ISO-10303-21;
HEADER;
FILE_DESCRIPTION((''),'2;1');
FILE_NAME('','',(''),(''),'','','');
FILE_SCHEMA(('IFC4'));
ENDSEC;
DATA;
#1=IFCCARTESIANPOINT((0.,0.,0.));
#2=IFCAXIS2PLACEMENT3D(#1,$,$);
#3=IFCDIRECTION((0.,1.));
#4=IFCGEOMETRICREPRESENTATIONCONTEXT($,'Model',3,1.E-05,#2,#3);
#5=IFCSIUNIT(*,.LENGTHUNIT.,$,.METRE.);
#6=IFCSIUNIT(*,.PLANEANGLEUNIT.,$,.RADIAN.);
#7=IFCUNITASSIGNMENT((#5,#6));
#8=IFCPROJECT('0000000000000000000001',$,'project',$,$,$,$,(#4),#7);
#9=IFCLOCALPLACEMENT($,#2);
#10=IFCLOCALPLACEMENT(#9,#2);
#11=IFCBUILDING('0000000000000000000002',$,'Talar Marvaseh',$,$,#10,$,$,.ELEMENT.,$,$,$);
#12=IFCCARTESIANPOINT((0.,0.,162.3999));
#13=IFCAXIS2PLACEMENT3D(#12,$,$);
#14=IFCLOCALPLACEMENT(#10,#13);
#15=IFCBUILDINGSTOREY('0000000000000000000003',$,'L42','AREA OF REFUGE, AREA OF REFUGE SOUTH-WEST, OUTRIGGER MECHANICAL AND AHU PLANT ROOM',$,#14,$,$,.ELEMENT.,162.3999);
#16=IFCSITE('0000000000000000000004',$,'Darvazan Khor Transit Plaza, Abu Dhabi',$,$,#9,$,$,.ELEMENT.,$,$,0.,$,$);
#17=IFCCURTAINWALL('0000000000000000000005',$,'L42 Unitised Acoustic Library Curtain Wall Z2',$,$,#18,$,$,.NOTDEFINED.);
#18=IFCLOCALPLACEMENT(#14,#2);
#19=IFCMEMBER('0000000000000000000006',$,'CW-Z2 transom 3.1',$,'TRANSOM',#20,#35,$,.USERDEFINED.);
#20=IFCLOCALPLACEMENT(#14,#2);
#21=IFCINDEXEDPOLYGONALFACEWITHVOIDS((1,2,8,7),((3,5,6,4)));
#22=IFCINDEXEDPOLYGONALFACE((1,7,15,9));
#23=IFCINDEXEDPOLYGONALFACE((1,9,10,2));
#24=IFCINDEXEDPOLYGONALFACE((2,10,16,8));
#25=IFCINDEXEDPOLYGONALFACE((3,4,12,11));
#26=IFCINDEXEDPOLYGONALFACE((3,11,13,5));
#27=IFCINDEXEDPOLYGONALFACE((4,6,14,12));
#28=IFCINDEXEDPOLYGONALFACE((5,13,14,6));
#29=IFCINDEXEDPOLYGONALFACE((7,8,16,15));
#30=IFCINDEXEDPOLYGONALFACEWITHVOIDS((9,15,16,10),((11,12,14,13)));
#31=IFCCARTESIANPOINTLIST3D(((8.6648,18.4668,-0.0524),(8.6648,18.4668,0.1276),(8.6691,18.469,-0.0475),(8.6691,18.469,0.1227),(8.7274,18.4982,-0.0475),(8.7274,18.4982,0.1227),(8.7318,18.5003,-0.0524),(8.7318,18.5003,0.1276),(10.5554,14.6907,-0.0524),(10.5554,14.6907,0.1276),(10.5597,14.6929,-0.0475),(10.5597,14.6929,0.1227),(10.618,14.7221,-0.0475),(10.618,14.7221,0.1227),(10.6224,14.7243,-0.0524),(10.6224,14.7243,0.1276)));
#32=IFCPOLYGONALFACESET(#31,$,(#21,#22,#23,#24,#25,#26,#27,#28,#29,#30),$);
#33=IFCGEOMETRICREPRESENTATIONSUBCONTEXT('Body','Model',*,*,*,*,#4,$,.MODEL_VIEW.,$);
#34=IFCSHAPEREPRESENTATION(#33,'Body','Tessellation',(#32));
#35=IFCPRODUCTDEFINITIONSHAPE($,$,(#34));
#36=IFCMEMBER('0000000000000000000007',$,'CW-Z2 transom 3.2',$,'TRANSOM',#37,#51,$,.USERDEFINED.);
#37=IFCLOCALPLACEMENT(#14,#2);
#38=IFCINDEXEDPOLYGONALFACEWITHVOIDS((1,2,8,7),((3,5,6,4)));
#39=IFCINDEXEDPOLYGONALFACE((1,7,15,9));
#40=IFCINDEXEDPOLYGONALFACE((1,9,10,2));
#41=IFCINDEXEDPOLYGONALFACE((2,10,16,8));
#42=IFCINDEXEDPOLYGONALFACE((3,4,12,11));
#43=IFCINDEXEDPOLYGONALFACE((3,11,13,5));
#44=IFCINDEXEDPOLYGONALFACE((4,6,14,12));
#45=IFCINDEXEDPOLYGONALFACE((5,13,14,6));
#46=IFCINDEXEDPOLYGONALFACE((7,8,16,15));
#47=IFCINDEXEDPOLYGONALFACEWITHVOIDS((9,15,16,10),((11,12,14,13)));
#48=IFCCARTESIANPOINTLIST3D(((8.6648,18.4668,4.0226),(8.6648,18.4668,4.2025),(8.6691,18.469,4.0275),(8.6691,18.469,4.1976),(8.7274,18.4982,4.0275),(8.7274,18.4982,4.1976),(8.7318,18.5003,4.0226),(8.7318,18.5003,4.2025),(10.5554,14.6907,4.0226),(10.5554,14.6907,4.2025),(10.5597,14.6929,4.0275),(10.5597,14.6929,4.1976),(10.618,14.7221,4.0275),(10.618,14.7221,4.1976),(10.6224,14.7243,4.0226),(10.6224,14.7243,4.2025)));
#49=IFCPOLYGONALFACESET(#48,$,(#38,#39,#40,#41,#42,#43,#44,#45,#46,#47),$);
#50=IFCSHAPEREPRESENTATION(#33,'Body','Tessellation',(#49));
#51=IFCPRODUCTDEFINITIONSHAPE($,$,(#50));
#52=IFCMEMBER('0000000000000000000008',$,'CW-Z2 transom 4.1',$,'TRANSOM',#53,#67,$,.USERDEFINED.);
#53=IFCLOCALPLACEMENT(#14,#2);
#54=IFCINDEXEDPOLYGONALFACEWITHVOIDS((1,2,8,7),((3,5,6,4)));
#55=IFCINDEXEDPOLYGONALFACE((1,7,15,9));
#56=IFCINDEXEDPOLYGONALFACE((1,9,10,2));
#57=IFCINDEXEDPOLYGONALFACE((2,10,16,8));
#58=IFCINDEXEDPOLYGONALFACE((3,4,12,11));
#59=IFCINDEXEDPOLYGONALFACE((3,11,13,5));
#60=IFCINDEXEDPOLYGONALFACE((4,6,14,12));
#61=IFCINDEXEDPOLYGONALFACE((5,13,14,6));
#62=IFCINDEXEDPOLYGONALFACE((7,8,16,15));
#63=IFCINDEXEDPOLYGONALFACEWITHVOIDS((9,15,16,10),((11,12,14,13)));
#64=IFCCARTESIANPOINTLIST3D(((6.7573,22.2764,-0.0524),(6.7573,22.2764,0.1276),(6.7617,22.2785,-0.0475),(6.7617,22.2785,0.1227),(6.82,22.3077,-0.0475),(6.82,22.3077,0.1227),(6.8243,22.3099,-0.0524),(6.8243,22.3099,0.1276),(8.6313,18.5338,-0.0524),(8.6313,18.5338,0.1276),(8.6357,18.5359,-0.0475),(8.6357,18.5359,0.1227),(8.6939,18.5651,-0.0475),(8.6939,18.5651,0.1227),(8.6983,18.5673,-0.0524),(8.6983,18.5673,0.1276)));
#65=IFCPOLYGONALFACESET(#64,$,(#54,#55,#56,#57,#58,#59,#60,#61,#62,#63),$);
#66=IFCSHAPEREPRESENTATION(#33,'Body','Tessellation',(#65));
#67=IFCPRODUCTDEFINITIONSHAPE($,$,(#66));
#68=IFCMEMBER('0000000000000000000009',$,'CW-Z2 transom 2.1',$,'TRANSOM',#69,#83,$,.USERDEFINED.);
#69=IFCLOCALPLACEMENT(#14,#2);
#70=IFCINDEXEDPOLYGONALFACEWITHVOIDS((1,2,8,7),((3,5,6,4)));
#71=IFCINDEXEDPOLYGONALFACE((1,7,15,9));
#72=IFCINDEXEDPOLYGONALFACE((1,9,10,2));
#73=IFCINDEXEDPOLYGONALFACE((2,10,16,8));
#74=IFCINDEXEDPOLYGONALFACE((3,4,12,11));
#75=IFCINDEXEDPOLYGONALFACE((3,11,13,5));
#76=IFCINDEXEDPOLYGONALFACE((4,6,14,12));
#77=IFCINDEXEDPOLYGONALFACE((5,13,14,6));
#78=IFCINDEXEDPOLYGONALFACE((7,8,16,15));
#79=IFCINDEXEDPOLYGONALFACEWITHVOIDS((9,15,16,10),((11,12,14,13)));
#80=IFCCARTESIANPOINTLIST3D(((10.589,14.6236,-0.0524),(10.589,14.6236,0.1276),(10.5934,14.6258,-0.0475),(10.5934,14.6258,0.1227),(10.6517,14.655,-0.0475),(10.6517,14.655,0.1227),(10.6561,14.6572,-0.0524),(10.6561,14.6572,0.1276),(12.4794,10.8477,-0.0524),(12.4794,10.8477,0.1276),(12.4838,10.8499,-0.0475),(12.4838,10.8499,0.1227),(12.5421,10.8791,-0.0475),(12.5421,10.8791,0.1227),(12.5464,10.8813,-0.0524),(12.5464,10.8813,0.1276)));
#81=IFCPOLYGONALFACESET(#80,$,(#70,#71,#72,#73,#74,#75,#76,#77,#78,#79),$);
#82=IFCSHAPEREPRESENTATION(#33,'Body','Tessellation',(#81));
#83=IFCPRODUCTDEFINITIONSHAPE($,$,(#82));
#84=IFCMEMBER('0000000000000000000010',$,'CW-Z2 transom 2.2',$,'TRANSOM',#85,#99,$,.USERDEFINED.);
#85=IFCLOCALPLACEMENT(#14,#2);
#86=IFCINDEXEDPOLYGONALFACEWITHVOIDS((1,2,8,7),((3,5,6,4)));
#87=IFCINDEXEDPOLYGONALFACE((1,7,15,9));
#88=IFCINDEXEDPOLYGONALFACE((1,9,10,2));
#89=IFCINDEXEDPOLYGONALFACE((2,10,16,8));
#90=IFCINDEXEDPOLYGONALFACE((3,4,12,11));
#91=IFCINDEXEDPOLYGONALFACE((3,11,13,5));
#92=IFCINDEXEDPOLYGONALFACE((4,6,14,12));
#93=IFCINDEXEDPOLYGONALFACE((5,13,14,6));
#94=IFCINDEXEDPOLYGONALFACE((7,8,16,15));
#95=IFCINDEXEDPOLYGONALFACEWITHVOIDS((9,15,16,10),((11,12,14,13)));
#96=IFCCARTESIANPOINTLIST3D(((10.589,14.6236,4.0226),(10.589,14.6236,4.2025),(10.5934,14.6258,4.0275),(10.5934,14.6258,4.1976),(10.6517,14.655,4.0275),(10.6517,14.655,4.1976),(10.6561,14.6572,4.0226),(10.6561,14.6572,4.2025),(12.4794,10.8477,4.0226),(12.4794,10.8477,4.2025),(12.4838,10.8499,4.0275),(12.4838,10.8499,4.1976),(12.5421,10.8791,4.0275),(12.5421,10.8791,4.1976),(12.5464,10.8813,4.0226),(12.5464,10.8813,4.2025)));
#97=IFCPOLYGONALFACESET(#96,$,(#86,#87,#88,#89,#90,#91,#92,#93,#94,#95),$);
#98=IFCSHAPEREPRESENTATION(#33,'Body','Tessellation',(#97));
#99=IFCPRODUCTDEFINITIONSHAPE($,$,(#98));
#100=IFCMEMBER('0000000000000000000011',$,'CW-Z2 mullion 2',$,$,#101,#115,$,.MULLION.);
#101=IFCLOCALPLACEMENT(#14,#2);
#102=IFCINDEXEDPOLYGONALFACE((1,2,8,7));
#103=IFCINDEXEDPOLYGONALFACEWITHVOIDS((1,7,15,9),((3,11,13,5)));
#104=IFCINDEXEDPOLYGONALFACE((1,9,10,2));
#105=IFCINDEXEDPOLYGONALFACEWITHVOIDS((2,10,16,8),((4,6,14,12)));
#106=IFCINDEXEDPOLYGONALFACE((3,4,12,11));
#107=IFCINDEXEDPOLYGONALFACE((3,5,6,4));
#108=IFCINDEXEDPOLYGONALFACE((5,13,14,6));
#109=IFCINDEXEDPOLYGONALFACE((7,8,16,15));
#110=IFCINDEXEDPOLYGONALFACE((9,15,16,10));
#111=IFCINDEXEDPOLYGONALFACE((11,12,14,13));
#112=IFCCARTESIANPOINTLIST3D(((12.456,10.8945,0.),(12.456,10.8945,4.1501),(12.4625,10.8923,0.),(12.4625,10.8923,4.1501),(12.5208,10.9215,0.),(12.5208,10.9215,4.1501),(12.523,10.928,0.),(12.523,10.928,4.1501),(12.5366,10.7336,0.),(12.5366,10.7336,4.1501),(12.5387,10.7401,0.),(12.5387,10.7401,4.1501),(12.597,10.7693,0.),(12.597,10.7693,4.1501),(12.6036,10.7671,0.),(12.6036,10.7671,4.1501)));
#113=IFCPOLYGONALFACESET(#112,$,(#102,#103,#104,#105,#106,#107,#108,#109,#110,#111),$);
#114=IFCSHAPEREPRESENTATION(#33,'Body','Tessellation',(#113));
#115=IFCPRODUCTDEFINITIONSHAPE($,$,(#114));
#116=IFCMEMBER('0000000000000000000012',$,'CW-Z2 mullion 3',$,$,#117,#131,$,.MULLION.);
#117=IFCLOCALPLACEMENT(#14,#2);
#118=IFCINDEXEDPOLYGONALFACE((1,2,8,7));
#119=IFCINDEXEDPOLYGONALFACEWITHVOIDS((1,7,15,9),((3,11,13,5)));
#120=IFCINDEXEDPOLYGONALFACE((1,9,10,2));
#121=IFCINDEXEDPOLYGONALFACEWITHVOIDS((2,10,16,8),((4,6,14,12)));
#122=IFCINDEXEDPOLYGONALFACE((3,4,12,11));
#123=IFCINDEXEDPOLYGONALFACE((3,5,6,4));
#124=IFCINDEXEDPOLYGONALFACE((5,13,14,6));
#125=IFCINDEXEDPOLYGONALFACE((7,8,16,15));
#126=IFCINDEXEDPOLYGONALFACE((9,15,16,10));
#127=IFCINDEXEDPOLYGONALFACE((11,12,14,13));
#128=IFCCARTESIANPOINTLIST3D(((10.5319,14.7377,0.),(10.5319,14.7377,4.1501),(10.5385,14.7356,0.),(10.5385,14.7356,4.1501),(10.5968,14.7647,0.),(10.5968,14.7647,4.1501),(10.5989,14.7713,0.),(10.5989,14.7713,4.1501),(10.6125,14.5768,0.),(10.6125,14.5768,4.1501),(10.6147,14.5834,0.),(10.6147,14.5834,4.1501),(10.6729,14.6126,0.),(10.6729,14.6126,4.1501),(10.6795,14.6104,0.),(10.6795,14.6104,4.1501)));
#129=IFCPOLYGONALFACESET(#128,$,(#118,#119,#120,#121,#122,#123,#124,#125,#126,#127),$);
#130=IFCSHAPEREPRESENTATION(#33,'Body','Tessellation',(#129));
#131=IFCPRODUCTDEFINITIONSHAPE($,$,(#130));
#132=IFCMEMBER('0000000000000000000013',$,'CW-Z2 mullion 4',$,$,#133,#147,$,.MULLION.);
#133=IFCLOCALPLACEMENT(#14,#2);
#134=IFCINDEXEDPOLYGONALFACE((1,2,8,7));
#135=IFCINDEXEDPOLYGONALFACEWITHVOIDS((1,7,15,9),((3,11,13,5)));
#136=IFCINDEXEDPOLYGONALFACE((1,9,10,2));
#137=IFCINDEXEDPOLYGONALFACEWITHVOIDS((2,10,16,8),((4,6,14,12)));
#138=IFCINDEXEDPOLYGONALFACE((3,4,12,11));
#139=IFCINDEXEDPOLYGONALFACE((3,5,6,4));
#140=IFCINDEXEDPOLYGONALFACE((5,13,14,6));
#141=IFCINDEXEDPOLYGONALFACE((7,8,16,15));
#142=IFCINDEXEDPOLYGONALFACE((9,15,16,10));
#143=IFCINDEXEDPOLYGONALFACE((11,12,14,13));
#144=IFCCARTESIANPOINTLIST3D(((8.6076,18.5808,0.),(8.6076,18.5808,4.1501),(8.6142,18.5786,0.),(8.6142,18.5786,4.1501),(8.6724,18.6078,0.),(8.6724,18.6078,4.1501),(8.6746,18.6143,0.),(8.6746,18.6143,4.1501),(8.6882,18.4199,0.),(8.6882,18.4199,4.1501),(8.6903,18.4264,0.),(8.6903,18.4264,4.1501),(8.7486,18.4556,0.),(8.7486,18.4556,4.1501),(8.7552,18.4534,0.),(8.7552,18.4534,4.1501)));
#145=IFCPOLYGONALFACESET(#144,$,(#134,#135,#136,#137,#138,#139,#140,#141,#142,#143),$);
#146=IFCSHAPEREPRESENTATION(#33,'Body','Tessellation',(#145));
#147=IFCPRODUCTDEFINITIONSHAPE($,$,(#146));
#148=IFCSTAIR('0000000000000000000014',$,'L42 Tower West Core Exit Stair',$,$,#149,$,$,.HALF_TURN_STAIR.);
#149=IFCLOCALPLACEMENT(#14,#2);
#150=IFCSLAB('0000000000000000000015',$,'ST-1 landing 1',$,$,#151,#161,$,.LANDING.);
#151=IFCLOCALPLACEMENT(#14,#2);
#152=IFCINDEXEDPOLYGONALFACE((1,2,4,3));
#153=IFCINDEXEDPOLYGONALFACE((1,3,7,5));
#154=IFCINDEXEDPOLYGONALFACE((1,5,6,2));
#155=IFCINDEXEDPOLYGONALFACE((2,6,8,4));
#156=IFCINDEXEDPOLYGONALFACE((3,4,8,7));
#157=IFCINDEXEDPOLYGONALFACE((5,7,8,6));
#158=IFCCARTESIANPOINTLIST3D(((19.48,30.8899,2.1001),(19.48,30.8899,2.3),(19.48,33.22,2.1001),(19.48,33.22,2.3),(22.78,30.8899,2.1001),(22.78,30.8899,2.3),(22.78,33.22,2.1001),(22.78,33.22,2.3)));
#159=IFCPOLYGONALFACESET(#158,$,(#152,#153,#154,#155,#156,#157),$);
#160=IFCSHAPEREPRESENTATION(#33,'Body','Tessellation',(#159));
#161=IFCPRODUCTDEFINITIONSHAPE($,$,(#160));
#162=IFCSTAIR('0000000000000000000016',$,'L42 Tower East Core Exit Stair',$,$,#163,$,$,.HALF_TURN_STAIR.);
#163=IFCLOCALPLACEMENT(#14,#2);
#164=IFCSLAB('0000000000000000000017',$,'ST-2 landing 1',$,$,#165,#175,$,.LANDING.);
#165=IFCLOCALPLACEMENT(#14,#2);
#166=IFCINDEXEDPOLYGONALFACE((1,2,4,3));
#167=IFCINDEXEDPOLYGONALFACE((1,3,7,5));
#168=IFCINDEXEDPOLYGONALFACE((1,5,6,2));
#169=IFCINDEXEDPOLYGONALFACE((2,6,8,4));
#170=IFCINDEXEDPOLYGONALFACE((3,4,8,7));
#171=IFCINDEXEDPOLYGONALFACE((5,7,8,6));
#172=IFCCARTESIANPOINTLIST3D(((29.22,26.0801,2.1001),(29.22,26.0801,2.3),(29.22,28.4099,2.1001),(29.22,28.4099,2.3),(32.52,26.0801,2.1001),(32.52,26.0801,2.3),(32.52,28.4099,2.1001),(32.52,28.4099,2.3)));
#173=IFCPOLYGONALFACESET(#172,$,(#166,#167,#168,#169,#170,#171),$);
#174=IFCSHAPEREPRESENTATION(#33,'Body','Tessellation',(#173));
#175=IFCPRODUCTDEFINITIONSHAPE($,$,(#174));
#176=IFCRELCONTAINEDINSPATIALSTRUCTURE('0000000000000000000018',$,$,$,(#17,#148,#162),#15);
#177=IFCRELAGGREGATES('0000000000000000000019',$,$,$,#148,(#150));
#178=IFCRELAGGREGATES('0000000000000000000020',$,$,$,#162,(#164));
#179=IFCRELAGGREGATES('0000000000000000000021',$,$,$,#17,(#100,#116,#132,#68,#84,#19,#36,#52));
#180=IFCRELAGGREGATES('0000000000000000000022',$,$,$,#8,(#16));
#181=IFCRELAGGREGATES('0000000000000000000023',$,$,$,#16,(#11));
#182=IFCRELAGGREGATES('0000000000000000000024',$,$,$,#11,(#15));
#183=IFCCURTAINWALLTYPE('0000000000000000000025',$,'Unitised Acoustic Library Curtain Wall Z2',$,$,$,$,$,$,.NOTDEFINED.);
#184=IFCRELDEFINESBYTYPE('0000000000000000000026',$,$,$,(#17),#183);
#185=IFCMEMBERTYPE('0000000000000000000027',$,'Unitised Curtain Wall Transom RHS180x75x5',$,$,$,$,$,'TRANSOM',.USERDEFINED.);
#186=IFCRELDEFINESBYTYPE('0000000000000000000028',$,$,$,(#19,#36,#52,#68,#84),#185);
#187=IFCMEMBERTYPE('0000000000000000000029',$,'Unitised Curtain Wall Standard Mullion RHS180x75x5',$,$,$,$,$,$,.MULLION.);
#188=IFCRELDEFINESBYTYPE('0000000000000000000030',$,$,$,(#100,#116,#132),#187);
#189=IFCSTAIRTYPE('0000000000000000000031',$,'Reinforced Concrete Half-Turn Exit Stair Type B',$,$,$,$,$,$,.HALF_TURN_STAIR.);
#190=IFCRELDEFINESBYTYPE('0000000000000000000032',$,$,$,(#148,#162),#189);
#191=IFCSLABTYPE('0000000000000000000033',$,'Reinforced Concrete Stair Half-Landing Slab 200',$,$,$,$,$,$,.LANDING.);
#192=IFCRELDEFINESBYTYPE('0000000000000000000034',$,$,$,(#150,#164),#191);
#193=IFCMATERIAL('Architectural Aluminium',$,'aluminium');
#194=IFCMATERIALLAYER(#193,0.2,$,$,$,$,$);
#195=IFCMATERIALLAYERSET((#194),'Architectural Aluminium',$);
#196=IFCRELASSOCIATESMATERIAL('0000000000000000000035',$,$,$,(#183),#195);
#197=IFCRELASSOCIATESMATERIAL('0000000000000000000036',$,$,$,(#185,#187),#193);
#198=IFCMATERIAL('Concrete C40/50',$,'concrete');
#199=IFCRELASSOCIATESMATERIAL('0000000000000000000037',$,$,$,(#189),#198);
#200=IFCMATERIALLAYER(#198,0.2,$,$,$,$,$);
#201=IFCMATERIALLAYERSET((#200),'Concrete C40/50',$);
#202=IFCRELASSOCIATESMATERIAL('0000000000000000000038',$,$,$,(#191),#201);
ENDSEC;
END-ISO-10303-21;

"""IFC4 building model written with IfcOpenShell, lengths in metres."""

from ifc_helpers import new_model, si_unit, direction, frame, origin, origin_2d, place, context, subcontext, project, spatial, polyline, hollow_rectangle, outline, extrude, source, transform, mapped, material, layer, layer_set, material_profile, profile_set, type_object, type_shapes, element, aggregate, save


model = new_model("IFC4")

# Units and contexts
model_context = context("Model", 3, precision=1e-05, world=origin(), true_north=direction((0.0, 1.0)))
body_context = subcontext(model_context, "Body", "Model", "MODEL_VIEW")
ifc_project = project(units=[si_unit("LENGTHUNIT", "METRE"), si_unit("PLANEANGLEUNIT", "RADIAN")], contexts=[model_context])

# Site, building, storey
site_placement = place(None, origin())
site = spatial("IfcSite", under=ifc_project, at=site_placement, Name="Darvazan Khor Transit Plaza, Abu Dhabi", CompositionType="ELEMENT", RefElevation=0.0)
building_placement = place(site_placement, origin())
building = spatial("IfcBuilding", under=site, at=building_placement, Name="Talar Marvaseh", CompositionType="ELEMENT")
storey_placement = place(building_placement, frame((0.0, 0.0, 162.3999)))
storey = spatial("IfcBuildingStorey", under=building, at=storey_placement, Name="L42", Description="AREA OF REFUGE, AREA OF REFUGE SOUTH-WEST, OUTRIGGER MECHANICAL AND AHU PLANT ROOM", CompositionType="ELEMENT", Elevation=162.3999)

# Curtain wall, members
ifc_material_1 = material(Name="Architectural Aluminium", Category="aluminium")
ifc_layer_1 = layer(ifc_material_1, 0.2)
ifc_layer_set_1 = layer_set([ifc_layer_1], Name="Architectural Aluminium")
curtain_wall_type = type_object("IfcCurtainWallType", Name="Unitised Acoustic Library Curtain Wall Z2", PredefinedType="NOTDEFINED", material=ifc_layer_set_1)
curtain_wall_placement = place(storey_placement, origin())
curtain_wall = element("IfcCurtainWall", 1, at=curtain_wall_placement, inside=storey, type_object=curtain_wall_type, Name="L42 Unitised Acoustic Library Curtain Wall Z2", PredefinedType="NOTDEFINED")
ifc_material_profile_1 = material_profile(ifc_material_1, hollow_rectangle(XDim=0.075, YDim=0.1799, WallThickness=0.0049, at=origin_2d()), Name="RHS180x75x5")
ifc_profile_set_1 = profile_set([ifc_material_profile_1], Name="Architectural Aluminium")
member_type_1 = type_object("IfcMemberType", Name="Unitised Curtain Wall Transom RHS180x75x5", ElementType="TRANSOM", PredefinedType="USERDEFINED", material=ifc_profile_set_1)
shared_shape_1 = source(origin(), body_context, "Body", "SweptSolid", [
    extrude(hollow_rectangle(XDim=0.075, YDim=0.1799, WallThickness=0.0049, at=origin_2d()), origin(), (0.0, 0.0, 1.0), 4.2229),
])
member_1_placement = place(storey_placement, frame((10.5889, 14.7075, 0.0376), z_axis=(-0.447699, 0.894184, 0.0), x_axis=(-0.894184, -0.447699, 0.0)))
member_1 = element("IfcMember", 2, at=member_1_placement, type_object=member_type_1, Name="CW-Z2 transom 3.1", ObjectType="TRANSOM", PredefinedType="USERDEFINED", context=body_context, shape_type="MappedRepresentation", body=[
    mapped(shared_shape_1, transform((0.0, 0.0, 0.0), x_axis=(1.0, 0.0, 0.0), y_axis=(0.0, 1.0, 0.0), z_axis=(0.0, 0.0, 1.0), scale=1.0)),
])
member_2_placement = place(storey_placement, frame((10.5889, 14.7075, 4.1125), z_axis=(-0.447699, 0.894184, 0.0), x_axis=(-0.894184, -0.447699, 0.0)))
member_2 = element("IfcMember", 3, at=member_2_placement, type_object=member_type_1, Name="CW-Z2 transom 3.2", ObjectType="TRANSOM", PredefinedType="USERDEFINED", context=body_context, shape_type="MappedRepresentation", body=[
    mapped(shared_shape_1, transform((0.0, 0.0, 0.0), x_axis=(1.0, 0.0, 0.0), y_axis=(0.0, 1.0, 0.0), z_axis=(0.0, 0.0, 1.0), scale=1.0)),
])
shared_shape_2 = source(origin(), body_context, "Body", "SweptSolid", [
    extrude(hollow_rectangle(XDim=0.075, YDim=0.1799, WallThickness=0.0049, at=origin_2d()), origin(), (0.0, 0.0, 1.0), 4.1855),
])
member_3_placement = place(storey_placement, frame((8.6648, 18.5505, 0.0376), z_axis=(-0.447727, 0.89417, 0.0), x_axis=(-0.89417, -0.447727, 0.0)))
member_3 = element("IfcMember", 4, at=member_3_placement, type_object=member_type_1, Name="CW-Z2 transom 4.1", ObjectType="TRANSOM", PredefinedType="USERDEFINED", context=body_context, shape_type="MappedRepresentation", body=[
    mapped(shared_shape_2, transform((0.0, 0.0, 0.0), x_axis=(1.0, 0.0, 0.0), y_axis=(0.0, 1.0, 0.0), z_axis=(0.0, 0.0, 1.0), scale=1.0)),
])
shared_shape_3 = source(origin(), body_context, "Body", "SweptSolid", [
    extrude(hollow_rectangle(XDim=0.075, YDim=0.1799, WallThickness=0.0049, at=origin_2d()), origin(), (0.0, 0.0, 1.0), 4.2227),
])
type_shapes(member_type_1, [shared_shape_1, shared_shape_2, shared_shape_3])
member_4_placement = place(storey_placement, frame((12.5129, 10.8645, 0.0376), z_axis=(-0.447676, 0.894196, 0.0), x_axis=(-0.894196, -0.447676, 0.0)))
member_4 = element("IfcMember", 5, at=member_4_placement, type_object=member_type_1, Name="CW-Z2 transom 2.1", ObjectType="TRANSOM", PredefinedType="USERDEFINED", context=body_context, shape_type="MappedRepresentation", body=[
    mapped(shared_shape_3, transform((0.0, 0.0, 0.0), x_axis=(1.0, 0.0, 0.0), y_axis=(0.0, 1.0, 0.0), z_axis=(0.0, 0.0, 1.0), scale=1.0)),
])
member_5_placement = place(storey_placement, frame((12.5129, 10.8645, 4.1125), z_axis=(-0.447676, 0.894196, 0.0), x_axis=(-0.894196, -0.447676, 0.0)))
member_5 = element("IfcMember", 6, at=member_5_placement, type_object=member_type_1, Name="CW-Z2 transom 2.2", ObjectType="TRANSOM", PredefinedType="USERDEFINED", context=body_context, shape_type="MappedRepresentation", body=[
    mapped(shared_shape_3, transform((0.0, 0.0, 0.0), x_axis=(1.0, 0.0, 0.0), y_axis=(0.0, 1.0, 0.0), z_axis=(0.0, 0.0, 1.0), scale=1.0)),
])
ifc_material_profile_2 = material_profile(ifc_material_1, hollow_rectangle(XDim=0.075, YDim=0.1799, WallThickness=0.0049, at=origin_2d()), Name="RHS180x75x5")
ifc_profile_set_2 = profile_set([ifc_material_profile_2], Name="Architectural Aluminium")
member_type_2 = type_object("IfcMemberType", Name="Unitised Curtain Wall Standard Mullion RHS180x75x5", PredefinedType="MULLION", material=ifc_profile_set_2)
shared_shape_4 = source(origin(), body_context, "Body", "SweptSolid", [
    extrude(hollow_rectangle(XDim=0.075, YDim=0.1799, WallThickness=0.0049, at=origin_2d()), origin(), (0.0, 0.0, 1.0), 4.1501),
])
type_shapes(member_type_2, [shared_shape_4])
member_6_placement = place(storey_placement, frame((12.5298, 10.8308, 0.0), z_axis=(0.0, 0.0, 1.0), x_axis=(-0.894183, -0.447702, 0.0)))
member_6 = element("IfcMember", 7, at=member_6_placement, type_object=member_type_2, Name="CW-Z2 mullion 2", PredefinedType="MULLION", context=body_context, shape_type="MappedRepresentation", body=[
    mapped(shared_shape_4, transform((0.0, 0.0, 0.0), x_axis=(1.0, 0.0, 0.0), y_axis=(0.0, 1.0, 0.0), z_axis=(0.0, 0.0, 1.0), scale=1.0)),
])
member_7_placement = place(storey_placement, frame((10.6057, 14.6741, 0.0), z_axis=(0.0, 0.0, 1.0), x_axis=(-0.894183, -0.447702, 0.0)))
member_7 = element("IfcMember", 8, at=member_7_placement, type_object=member_type_2, Name="CW-Z2 mullion 3", PredefinedType="MULLION", context=body_context, shape_type="MappedRepresentation", body=[
    mapped(shared_shape_4, transform((0.0, 0.0, 0.0), x_axis=(1.0, 0.0, 0.0), y_axis=(0.0, 1.0, 0.0), z_axis=(0.0, 0.0, 1.0), scale=1.0)),
])
member_8_placement = place(storey_placement, frame((8.6814, 18.5171, 0.0), z_axis=(0.0, 0.0, 1.0), x_axis=(-0.894183, -0.447702, 0.0)))
member_8 = element("IfcMember", 9, at=member_8_placement, type_object=member_type_2, Name="CW-Z2 mullion 4", PredefinedType="MULLION", context=body_context, shape_type="MappedRepresentation", body=[
    mapped(shared_shape_4, transform((0.0, 0.0, 0.0), x_axis=(1.0, 0.0, 0.0), y_axis=(0.0, 1.0, 0.0), z_axis=(0.0, 0.0, 1.0), scale=1.0)),
])

# Stairs, slabs
ifc_material_2 = material(Name="Concrete C40/50", Category="concrete")
stair_type = type_object("IfcStairType", Name="Reinforced Concrete Half-Turn Exit Stair Type B", PredefinedType="HALF_TURN_STAIR", material=ifc_material_2)
stair_1_placement = place(storey_placement, origin())
stair_1 = element("IfcStair", 10, at=stair_1_placement, inside=storey, type_object=stair_type, Name="L42 Tower West Core Exit Stair", PredefinedType="HALF_TURN_STAIR")
ifc_layer_2 = layer(ifc_material_2, 0.2)
ifc_layer_set_2 = layer_set([ifc_layer_2], Name="Concrete C40/50")
slab_type_1 = type_object("IfcSlabType", Name="Reinforced Concrete Stair Half-Landing Slab 200", PredefinedType="LANDING", material=ifc_layer_set_2)
slab_1_placement = place(storey_placement, frame((0.0, 0.0, 2.1001)))
slab_1 = element("IfcSlab", 11, at=slab_1_placement, type_object=slab_type_1, Name="ST-1 landing 1", PredefinedType="LANDING", context=body_context, shape_type="SweptSolid", body=[
    extrude(outline(polyline([(22.78, 30.8899), (22.78, 33.22), (19.48, 33.22), (19.48, 30.8899), (22.78, 30.8899)])), origin(), (0.0, 0.0, 1.0), 0.2),
])
aggregate(stair_1, [slab_1])
stair_2_placement = place(storey_placement, origin())
stair_2 = element("IfcStair", 12, at=stair_2_placement, inside=storey, type_object=stair_type, Name="L42 Tower East Core Exit Stair", PredefinedType="HALF_TURN_STAIR")
slab_2_placement = place(storey_placement, frame((0.0, 0.0, 2.1001)))
slab_2 = element("IfcSlab", 13, at=slab_2_placement, type_object=slab_type_1, Name="ST-2 landing 1", PredefinedType="LANDING", context=body_context, shape_type="SweptSolid", body=[
    extrude(outline(polyline([(29.22, 28.4099), (29.22, 26.0801), (32.52, 26.0801), (32.52, 28.4099), (29.22, 28.4099)])), origin(), (0.0, 0.0, 1.0), 0.2),
])
aggregate(stair_2, [slab_2])

aggregate(curtain_wall, [member_6, member_7, member_8, member_4, member_5, member_1, member_2, member_3])

save(model, "model.ifc")
